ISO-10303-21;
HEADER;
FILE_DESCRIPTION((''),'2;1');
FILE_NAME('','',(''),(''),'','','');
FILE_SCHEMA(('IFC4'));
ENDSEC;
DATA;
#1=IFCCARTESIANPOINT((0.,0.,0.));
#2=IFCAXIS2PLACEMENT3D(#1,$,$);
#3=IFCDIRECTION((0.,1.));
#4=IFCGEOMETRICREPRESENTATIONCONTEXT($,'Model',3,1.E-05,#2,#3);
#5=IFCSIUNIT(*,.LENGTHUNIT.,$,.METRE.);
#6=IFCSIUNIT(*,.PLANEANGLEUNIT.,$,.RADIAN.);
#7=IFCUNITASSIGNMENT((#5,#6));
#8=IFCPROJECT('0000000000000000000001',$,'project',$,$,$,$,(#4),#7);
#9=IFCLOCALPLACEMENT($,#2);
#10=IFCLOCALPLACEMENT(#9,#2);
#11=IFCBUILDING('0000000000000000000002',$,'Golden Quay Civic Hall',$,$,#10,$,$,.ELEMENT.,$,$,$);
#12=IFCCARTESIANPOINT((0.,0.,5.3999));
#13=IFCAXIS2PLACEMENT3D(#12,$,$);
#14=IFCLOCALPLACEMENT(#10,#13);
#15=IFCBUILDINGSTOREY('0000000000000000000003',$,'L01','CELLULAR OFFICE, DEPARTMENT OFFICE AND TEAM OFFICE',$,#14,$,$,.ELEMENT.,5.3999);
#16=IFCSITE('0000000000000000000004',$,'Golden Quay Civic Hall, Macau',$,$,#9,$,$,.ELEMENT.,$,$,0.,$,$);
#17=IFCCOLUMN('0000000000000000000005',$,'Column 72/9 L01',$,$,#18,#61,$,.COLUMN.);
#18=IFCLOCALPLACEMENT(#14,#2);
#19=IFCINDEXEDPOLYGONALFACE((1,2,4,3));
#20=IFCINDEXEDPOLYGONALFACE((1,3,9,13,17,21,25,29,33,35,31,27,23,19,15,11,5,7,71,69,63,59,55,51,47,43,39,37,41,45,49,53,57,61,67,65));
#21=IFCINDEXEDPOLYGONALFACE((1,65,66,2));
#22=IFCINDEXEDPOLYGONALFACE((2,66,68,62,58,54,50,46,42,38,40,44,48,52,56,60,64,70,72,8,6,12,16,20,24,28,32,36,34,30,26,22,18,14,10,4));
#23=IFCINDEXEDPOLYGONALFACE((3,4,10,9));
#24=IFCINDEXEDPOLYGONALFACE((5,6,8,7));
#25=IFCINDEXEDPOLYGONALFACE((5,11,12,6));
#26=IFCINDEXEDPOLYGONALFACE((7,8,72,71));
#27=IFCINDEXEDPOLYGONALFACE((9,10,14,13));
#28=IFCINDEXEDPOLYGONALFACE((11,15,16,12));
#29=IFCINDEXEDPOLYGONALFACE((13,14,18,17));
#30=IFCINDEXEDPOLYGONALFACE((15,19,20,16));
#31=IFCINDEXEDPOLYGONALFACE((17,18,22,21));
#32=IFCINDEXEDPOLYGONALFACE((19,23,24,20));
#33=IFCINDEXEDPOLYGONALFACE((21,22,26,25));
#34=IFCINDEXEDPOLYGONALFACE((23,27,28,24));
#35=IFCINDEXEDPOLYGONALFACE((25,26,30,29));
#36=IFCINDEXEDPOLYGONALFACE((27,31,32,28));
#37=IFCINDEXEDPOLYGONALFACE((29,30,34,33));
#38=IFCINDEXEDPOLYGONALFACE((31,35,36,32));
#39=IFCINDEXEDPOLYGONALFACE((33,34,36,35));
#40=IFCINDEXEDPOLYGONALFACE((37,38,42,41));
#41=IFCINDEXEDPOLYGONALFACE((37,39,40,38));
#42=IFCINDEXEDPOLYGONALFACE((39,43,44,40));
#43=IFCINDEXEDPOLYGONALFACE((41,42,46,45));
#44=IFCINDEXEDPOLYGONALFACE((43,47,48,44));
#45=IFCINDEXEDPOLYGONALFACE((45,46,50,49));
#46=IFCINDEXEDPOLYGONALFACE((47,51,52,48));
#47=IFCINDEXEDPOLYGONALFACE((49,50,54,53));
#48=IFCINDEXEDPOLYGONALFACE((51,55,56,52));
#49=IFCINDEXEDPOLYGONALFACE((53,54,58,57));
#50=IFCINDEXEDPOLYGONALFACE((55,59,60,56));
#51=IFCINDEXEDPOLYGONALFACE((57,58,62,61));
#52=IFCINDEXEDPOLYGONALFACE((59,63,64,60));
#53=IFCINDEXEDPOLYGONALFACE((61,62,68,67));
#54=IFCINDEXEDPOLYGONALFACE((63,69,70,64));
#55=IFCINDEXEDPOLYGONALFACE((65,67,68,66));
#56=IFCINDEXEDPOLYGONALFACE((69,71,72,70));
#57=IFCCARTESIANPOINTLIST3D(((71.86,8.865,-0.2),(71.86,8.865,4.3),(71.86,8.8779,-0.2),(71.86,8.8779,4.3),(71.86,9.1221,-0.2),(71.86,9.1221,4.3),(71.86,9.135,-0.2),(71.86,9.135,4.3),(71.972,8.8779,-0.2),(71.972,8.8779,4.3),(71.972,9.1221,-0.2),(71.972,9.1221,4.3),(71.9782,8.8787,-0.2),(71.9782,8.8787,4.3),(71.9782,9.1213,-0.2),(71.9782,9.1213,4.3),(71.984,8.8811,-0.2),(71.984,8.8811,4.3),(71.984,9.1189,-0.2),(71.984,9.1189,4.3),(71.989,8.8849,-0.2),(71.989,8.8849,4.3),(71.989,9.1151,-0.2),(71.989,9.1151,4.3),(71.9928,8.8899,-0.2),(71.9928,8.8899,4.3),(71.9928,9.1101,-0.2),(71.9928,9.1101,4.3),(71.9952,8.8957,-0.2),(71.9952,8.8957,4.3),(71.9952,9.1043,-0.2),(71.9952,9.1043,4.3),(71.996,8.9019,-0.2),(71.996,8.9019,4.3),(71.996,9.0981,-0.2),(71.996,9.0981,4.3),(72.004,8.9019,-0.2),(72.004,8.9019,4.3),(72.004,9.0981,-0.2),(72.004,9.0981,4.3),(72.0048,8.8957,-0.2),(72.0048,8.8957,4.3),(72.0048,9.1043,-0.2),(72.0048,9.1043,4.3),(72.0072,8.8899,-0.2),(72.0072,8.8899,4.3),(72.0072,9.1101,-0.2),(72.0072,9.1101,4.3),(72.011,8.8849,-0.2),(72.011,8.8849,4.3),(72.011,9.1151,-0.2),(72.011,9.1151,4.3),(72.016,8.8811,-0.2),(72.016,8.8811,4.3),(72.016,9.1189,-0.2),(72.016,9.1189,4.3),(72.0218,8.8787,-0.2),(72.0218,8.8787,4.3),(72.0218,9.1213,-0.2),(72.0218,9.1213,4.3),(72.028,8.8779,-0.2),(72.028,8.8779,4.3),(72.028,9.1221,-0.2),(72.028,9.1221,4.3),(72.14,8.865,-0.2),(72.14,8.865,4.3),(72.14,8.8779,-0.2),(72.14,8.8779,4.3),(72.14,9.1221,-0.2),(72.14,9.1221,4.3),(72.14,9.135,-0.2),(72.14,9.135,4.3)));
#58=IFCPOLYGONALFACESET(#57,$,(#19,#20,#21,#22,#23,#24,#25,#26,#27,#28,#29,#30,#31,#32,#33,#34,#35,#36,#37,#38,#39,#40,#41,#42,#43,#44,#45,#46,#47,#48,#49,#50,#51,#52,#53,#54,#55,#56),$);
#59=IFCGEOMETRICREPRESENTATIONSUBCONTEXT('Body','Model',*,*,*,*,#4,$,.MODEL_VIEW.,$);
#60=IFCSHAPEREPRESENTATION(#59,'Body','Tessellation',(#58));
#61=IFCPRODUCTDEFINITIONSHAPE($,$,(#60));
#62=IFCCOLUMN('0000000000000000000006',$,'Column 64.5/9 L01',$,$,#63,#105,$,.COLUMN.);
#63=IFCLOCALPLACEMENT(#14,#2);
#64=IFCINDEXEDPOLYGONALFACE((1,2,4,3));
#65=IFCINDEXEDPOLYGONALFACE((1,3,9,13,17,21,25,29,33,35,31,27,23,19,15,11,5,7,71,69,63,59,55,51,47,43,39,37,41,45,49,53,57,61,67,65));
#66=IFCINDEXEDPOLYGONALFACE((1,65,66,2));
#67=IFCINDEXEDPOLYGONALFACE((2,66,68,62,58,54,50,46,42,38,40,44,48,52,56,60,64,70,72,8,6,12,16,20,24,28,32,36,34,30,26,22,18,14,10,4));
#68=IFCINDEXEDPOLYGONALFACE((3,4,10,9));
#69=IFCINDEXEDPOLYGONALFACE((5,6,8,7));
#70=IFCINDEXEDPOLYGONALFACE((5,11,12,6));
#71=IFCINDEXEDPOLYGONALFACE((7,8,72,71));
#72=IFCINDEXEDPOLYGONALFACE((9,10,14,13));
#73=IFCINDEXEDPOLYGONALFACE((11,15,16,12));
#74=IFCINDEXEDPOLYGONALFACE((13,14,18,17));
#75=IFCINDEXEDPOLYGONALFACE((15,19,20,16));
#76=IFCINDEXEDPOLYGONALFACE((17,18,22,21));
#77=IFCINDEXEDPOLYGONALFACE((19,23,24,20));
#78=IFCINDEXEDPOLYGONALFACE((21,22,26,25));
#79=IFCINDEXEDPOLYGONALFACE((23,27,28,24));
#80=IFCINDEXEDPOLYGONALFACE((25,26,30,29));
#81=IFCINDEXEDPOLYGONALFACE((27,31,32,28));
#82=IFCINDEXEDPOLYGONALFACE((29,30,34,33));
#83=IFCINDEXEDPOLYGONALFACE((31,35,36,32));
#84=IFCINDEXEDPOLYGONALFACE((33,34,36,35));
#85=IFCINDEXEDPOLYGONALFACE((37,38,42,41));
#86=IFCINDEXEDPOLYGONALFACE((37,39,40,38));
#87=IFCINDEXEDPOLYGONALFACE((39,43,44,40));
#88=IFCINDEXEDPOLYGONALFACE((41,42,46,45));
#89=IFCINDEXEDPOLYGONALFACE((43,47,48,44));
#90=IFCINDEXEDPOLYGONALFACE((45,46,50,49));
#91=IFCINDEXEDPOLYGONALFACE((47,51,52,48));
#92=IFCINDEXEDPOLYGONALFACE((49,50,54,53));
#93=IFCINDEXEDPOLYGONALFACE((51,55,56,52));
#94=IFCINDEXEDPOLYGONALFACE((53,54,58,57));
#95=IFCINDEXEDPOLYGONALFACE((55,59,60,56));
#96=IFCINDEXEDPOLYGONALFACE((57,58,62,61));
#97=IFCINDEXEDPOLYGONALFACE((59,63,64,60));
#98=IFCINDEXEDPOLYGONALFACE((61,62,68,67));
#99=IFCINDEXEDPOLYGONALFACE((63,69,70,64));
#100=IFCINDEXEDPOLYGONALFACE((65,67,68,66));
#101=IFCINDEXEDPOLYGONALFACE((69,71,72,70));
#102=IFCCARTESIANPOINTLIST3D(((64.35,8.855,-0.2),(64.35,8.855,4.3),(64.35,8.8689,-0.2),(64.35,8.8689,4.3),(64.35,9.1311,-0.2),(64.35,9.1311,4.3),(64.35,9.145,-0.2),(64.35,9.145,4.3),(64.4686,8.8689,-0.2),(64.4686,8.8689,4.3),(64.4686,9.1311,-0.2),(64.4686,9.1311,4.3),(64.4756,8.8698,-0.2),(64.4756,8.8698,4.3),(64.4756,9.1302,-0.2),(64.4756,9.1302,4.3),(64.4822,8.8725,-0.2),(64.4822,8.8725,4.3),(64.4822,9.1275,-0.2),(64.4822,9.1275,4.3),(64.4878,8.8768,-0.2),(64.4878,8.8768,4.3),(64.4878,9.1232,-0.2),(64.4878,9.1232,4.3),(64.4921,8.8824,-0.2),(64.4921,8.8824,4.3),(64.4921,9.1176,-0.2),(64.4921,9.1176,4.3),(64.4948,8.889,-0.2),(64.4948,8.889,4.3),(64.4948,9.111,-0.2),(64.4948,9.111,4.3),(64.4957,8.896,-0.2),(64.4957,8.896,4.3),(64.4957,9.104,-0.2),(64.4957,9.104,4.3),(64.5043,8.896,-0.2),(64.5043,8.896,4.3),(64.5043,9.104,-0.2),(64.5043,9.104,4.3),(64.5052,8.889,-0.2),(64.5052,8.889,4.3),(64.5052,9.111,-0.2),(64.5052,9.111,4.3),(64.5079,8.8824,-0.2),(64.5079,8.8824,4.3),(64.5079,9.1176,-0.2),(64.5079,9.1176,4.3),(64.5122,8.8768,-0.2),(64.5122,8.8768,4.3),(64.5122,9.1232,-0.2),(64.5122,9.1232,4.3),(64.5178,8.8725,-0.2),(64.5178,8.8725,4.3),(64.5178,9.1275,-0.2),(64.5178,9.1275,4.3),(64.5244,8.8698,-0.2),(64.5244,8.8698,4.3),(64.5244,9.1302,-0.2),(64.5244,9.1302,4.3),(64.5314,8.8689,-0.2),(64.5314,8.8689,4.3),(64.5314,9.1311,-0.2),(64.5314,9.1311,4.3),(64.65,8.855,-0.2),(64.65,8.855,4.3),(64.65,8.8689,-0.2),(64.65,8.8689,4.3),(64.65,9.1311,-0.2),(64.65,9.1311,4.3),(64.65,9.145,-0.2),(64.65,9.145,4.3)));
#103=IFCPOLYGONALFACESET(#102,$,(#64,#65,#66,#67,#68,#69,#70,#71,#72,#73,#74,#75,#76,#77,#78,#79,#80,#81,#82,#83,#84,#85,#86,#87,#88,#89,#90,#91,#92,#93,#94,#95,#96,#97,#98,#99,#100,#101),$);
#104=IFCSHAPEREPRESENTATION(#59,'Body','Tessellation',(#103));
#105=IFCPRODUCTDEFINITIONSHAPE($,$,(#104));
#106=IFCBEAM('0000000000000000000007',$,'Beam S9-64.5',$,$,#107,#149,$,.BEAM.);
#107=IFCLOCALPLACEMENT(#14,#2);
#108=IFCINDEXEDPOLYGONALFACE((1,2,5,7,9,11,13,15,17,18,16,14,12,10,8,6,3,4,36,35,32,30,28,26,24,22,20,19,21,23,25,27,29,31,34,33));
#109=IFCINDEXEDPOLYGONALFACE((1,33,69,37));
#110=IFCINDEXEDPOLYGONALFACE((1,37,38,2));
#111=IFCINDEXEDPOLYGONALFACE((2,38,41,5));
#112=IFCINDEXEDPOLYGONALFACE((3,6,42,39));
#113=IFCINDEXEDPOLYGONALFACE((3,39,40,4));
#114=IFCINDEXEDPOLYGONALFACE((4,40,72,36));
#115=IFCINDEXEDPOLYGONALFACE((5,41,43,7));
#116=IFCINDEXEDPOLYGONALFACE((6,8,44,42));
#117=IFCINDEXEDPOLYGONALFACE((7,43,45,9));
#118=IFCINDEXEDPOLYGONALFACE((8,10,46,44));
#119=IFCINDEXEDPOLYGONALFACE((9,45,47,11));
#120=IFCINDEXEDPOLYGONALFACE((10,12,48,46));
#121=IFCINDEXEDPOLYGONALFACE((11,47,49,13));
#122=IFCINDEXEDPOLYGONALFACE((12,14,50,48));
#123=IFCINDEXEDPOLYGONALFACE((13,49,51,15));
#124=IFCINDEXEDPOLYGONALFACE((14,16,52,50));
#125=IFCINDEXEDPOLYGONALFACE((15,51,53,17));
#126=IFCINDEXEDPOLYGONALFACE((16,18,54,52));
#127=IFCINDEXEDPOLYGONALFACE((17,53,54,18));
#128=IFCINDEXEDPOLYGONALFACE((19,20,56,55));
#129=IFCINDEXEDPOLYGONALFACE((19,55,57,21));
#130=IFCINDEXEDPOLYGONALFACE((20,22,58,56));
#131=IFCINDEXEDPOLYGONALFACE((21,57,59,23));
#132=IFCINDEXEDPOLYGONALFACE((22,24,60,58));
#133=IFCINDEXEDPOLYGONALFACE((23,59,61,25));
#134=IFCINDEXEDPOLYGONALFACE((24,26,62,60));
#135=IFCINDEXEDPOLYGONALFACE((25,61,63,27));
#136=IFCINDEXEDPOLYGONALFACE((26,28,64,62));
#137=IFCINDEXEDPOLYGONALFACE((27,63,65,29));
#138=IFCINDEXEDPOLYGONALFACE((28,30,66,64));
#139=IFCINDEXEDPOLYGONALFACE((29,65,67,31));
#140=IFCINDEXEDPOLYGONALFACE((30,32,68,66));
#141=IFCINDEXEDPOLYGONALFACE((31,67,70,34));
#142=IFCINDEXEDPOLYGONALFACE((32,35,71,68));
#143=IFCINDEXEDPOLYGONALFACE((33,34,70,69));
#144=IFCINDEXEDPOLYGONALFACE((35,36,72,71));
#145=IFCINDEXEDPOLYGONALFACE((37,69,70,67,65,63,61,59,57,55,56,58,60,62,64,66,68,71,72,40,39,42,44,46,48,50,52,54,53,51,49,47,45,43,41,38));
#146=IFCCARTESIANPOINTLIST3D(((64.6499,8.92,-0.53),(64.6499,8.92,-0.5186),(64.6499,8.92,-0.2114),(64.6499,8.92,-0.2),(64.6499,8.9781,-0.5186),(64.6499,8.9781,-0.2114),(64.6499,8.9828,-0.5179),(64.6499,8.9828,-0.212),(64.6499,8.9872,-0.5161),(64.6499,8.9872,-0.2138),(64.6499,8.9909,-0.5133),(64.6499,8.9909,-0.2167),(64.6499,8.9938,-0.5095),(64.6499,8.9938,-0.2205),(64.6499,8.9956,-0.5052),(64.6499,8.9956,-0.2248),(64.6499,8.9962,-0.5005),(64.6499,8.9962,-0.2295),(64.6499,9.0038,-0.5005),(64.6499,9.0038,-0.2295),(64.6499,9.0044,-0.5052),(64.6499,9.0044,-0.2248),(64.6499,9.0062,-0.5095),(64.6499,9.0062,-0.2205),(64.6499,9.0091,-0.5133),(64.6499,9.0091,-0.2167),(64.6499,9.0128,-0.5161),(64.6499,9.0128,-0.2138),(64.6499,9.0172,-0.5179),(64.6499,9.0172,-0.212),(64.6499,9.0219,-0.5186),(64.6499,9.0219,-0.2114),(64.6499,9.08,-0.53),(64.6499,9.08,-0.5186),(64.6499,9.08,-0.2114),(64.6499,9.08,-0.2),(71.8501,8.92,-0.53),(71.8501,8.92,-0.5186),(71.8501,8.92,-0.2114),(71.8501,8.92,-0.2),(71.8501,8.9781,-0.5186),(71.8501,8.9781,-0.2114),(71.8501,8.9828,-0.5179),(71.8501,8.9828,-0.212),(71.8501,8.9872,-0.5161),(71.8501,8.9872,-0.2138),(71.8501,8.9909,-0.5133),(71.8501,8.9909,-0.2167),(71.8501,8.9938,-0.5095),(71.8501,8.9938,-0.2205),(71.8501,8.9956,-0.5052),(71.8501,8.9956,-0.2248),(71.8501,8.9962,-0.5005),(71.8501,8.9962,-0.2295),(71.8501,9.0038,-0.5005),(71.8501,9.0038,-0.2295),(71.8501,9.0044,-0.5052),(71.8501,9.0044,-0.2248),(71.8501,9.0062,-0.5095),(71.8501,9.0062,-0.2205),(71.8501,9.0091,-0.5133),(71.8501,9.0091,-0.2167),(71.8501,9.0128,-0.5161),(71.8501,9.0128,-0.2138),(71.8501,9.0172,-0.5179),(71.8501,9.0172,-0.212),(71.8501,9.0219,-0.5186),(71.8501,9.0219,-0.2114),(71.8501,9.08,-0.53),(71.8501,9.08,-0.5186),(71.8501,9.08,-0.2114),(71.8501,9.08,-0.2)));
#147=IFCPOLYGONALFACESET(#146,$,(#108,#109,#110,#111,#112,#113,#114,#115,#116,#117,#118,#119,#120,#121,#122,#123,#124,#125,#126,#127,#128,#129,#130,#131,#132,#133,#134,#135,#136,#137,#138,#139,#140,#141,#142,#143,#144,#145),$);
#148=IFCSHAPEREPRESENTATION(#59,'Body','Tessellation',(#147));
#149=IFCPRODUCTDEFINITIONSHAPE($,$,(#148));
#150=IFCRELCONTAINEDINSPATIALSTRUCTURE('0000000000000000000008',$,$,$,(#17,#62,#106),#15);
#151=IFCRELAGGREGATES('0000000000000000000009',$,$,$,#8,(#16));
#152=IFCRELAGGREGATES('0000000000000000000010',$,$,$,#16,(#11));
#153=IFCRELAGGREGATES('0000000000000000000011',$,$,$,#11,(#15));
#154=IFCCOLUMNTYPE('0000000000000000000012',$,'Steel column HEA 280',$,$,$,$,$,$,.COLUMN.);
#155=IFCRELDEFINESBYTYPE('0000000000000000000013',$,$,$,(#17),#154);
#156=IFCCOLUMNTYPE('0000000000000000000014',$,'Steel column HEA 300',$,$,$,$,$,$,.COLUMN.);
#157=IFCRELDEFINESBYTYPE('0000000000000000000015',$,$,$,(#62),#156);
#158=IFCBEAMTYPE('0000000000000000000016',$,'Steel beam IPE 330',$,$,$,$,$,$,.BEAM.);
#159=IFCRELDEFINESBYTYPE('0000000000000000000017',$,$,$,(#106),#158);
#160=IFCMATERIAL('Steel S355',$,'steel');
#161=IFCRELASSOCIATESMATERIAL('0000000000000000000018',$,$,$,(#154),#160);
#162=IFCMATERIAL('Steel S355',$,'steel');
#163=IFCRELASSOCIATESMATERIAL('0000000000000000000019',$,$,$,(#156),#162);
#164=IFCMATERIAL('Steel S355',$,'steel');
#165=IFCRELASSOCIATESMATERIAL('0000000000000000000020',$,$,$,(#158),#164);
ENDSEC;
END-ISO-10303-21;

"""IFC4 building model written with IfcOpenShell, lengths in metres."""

from ifc_helpers import new_model, si_unit, direction, frame, origin, origin_2d, place, context, subcontext, project, spatial, i_section, extrude, material, material_profile, profile_set, type_object, element, save


model = new_model("IFC4")

# Units and contexts
model_context = context("Model", 3, precision=1e-05, world=origin(), true_north=direction((0.0, 1.0)))
body_context = subcontext(model_context, "Body", "Model", "MODEL_VIEW")
ifc_project = project(units=[si_unit("LENGTHUNIT", "METRE"), si_unit("PLANEANGLEUNIT", "RADIAN")], contexts=[model_context])

# Site, building, storey
site_placement = place(None, origin())
site = spatial("IfcSite", under=ifc_project, at=site_placement, Name="Golden Quay Civic Hall, Macau", CompositionType="ELEMENT", RefElevation=0.0)
building_placement = place(site_placement, origin())
building = spatial("IfcBuilding", under=site, at=building_placement, Name="Golden Quay Civic Hall", CompositionType="ELEMENT")
storey_placement = place(building_placement, frame((0.0, 0.0, 5.3999)))
storey = spatial("IfcBuildingStorey", under=building, at=storey_placement, Name="L01", Description="CELLULAR OFFICE, DEPARTMENT OFFICE AND TEAM OFFICE", CompositionType="ELEMENT", Elevation=5.3999)

# Columns
ifc_material_1 = material(Name="Steel S355", Category="steel")
ifc_material_profile_1 = material_profile(ifc_material_1, i_section(OverallWidth=0.28, OverallDepth=0.27, WebThickness=0.0081, FlangeThickness=0.0129, FilletRadius=0.0239, at=origin_2d()), Name="HEA 280")
ifc_profile_set_1 = profile_set([ifc_material_profile_1], Name="Steel S355")
column_type_1 = type_object("IfcColumnType", Name="Steel column HEA 280", PredefinedType="COLUMN", material=ifc_profile_set_1)
column_1_placement = place(storey_placement, frame((72.0, 9.0, -0.2), z_axis=(0.0, 0.0, 1.0), x_axis=(1.0, 0.0, 0.0)))
element("IfcColumn", 1, at=column_1_placement, inside=storey, type_object=column_type_1, Name="Column 72/9 L01", PredefinedType="COLUMN", context=body_context, shape_type="SweptSolid", body=[
    extrude(i_section(OverallWidth=0.28, OverallDepth=0.27, WebThickness=0.0081, FlangeThickness=0.0129, FilletRadius=0.0239, at=origin_2d()), origin(), (0.0, 0.0, 1.0), 4.5),
])
ifc_material_2 = material(Name="Steel S355", Category="steel")
ifc_material_profile_2 = material_profile(ifc_material_2, i_section(OverallWidth=0.3, OverallDepth=0.29, WebThickness=0.0085, FlangeThickness=0.0139, FilletRadius=0.0271, at=origin_2d()), Name="HEA 300")
ifc_profile_set_2 = profile_set([ifc_material_profile_2], Name="Steel S355")
column_type_2 = type_object("IfcColumnType", Name="Steel column HEA 300", PredefinedType="COLUMN", material=ifc_profile_set_2)
column_2_placement = place(storey_placement, frame((64.5, 9.0, -0.2), z_axis=(0.0, 0.0, 1.0), x_axis=(1.0, 0.0, 0.0)))
element("IfcColumn", 2, at=column_2_placement, inside=storey, type_object=column_type_2, Name="Column 64.5/9 L01", PredefinedType="COLUMN", context=body_context, shape_type="SweptSolid", body=[
    extrude(i_section(OverallWidth=0.3, OverallDepth=0.29, WebThickness=0.0085, FlangeThickness=0.0139, FilletRadius=0.0271, at=origin_2d()), origin(), (0.0, 0.0, 1.0), 4.5),
])

# Beam
ifc_material_3 = material(Name="Steel S355", Category="steel")
ifc_material_profile_3 = material_profile(ifc_material_3, i_section(OverallWidth=0.1599, OverallDepth=0.3301, WebThickness=0.0076, FlangeThickness=0.0115, FilletRadius=0.0181, at=origin_2d()), Name="IPE 330")
ifc_profile_set_3 = profile_set([ifc_material_profile_3], Name="Steel S355")
beam_type_1 = type_object("IfcBeamType", Name="Steel beam IPE 330", PredefinedType="BEAM", material=ifc_profile_set_3)
beam_1_placement = place(storey_placement, frame((64.6499, 9.0, -0.365), z_axis=(1.0, 0.0, 0.0), x_axis=(0.0, 1.0, 0.0)))
element("IfcBeam", 3, at=beam_1_placement, inside=storey, type_object=beam_type_1, Name="Beam S9-64.5", PredefinedType="BEAM", context=body_context, shape_type="SweptSolid", body=[
    extrude(i_section(OverallWidth=0.1599, OverallDepth=0.3301, WebThickness=0.0076, FlangeThickness=0.0115, FilletRadius=0.0181, at=origin_2d()), origin(), (0.0, 0.0, 1.0), 7.2002),
])

save(model, "model.ifc")
